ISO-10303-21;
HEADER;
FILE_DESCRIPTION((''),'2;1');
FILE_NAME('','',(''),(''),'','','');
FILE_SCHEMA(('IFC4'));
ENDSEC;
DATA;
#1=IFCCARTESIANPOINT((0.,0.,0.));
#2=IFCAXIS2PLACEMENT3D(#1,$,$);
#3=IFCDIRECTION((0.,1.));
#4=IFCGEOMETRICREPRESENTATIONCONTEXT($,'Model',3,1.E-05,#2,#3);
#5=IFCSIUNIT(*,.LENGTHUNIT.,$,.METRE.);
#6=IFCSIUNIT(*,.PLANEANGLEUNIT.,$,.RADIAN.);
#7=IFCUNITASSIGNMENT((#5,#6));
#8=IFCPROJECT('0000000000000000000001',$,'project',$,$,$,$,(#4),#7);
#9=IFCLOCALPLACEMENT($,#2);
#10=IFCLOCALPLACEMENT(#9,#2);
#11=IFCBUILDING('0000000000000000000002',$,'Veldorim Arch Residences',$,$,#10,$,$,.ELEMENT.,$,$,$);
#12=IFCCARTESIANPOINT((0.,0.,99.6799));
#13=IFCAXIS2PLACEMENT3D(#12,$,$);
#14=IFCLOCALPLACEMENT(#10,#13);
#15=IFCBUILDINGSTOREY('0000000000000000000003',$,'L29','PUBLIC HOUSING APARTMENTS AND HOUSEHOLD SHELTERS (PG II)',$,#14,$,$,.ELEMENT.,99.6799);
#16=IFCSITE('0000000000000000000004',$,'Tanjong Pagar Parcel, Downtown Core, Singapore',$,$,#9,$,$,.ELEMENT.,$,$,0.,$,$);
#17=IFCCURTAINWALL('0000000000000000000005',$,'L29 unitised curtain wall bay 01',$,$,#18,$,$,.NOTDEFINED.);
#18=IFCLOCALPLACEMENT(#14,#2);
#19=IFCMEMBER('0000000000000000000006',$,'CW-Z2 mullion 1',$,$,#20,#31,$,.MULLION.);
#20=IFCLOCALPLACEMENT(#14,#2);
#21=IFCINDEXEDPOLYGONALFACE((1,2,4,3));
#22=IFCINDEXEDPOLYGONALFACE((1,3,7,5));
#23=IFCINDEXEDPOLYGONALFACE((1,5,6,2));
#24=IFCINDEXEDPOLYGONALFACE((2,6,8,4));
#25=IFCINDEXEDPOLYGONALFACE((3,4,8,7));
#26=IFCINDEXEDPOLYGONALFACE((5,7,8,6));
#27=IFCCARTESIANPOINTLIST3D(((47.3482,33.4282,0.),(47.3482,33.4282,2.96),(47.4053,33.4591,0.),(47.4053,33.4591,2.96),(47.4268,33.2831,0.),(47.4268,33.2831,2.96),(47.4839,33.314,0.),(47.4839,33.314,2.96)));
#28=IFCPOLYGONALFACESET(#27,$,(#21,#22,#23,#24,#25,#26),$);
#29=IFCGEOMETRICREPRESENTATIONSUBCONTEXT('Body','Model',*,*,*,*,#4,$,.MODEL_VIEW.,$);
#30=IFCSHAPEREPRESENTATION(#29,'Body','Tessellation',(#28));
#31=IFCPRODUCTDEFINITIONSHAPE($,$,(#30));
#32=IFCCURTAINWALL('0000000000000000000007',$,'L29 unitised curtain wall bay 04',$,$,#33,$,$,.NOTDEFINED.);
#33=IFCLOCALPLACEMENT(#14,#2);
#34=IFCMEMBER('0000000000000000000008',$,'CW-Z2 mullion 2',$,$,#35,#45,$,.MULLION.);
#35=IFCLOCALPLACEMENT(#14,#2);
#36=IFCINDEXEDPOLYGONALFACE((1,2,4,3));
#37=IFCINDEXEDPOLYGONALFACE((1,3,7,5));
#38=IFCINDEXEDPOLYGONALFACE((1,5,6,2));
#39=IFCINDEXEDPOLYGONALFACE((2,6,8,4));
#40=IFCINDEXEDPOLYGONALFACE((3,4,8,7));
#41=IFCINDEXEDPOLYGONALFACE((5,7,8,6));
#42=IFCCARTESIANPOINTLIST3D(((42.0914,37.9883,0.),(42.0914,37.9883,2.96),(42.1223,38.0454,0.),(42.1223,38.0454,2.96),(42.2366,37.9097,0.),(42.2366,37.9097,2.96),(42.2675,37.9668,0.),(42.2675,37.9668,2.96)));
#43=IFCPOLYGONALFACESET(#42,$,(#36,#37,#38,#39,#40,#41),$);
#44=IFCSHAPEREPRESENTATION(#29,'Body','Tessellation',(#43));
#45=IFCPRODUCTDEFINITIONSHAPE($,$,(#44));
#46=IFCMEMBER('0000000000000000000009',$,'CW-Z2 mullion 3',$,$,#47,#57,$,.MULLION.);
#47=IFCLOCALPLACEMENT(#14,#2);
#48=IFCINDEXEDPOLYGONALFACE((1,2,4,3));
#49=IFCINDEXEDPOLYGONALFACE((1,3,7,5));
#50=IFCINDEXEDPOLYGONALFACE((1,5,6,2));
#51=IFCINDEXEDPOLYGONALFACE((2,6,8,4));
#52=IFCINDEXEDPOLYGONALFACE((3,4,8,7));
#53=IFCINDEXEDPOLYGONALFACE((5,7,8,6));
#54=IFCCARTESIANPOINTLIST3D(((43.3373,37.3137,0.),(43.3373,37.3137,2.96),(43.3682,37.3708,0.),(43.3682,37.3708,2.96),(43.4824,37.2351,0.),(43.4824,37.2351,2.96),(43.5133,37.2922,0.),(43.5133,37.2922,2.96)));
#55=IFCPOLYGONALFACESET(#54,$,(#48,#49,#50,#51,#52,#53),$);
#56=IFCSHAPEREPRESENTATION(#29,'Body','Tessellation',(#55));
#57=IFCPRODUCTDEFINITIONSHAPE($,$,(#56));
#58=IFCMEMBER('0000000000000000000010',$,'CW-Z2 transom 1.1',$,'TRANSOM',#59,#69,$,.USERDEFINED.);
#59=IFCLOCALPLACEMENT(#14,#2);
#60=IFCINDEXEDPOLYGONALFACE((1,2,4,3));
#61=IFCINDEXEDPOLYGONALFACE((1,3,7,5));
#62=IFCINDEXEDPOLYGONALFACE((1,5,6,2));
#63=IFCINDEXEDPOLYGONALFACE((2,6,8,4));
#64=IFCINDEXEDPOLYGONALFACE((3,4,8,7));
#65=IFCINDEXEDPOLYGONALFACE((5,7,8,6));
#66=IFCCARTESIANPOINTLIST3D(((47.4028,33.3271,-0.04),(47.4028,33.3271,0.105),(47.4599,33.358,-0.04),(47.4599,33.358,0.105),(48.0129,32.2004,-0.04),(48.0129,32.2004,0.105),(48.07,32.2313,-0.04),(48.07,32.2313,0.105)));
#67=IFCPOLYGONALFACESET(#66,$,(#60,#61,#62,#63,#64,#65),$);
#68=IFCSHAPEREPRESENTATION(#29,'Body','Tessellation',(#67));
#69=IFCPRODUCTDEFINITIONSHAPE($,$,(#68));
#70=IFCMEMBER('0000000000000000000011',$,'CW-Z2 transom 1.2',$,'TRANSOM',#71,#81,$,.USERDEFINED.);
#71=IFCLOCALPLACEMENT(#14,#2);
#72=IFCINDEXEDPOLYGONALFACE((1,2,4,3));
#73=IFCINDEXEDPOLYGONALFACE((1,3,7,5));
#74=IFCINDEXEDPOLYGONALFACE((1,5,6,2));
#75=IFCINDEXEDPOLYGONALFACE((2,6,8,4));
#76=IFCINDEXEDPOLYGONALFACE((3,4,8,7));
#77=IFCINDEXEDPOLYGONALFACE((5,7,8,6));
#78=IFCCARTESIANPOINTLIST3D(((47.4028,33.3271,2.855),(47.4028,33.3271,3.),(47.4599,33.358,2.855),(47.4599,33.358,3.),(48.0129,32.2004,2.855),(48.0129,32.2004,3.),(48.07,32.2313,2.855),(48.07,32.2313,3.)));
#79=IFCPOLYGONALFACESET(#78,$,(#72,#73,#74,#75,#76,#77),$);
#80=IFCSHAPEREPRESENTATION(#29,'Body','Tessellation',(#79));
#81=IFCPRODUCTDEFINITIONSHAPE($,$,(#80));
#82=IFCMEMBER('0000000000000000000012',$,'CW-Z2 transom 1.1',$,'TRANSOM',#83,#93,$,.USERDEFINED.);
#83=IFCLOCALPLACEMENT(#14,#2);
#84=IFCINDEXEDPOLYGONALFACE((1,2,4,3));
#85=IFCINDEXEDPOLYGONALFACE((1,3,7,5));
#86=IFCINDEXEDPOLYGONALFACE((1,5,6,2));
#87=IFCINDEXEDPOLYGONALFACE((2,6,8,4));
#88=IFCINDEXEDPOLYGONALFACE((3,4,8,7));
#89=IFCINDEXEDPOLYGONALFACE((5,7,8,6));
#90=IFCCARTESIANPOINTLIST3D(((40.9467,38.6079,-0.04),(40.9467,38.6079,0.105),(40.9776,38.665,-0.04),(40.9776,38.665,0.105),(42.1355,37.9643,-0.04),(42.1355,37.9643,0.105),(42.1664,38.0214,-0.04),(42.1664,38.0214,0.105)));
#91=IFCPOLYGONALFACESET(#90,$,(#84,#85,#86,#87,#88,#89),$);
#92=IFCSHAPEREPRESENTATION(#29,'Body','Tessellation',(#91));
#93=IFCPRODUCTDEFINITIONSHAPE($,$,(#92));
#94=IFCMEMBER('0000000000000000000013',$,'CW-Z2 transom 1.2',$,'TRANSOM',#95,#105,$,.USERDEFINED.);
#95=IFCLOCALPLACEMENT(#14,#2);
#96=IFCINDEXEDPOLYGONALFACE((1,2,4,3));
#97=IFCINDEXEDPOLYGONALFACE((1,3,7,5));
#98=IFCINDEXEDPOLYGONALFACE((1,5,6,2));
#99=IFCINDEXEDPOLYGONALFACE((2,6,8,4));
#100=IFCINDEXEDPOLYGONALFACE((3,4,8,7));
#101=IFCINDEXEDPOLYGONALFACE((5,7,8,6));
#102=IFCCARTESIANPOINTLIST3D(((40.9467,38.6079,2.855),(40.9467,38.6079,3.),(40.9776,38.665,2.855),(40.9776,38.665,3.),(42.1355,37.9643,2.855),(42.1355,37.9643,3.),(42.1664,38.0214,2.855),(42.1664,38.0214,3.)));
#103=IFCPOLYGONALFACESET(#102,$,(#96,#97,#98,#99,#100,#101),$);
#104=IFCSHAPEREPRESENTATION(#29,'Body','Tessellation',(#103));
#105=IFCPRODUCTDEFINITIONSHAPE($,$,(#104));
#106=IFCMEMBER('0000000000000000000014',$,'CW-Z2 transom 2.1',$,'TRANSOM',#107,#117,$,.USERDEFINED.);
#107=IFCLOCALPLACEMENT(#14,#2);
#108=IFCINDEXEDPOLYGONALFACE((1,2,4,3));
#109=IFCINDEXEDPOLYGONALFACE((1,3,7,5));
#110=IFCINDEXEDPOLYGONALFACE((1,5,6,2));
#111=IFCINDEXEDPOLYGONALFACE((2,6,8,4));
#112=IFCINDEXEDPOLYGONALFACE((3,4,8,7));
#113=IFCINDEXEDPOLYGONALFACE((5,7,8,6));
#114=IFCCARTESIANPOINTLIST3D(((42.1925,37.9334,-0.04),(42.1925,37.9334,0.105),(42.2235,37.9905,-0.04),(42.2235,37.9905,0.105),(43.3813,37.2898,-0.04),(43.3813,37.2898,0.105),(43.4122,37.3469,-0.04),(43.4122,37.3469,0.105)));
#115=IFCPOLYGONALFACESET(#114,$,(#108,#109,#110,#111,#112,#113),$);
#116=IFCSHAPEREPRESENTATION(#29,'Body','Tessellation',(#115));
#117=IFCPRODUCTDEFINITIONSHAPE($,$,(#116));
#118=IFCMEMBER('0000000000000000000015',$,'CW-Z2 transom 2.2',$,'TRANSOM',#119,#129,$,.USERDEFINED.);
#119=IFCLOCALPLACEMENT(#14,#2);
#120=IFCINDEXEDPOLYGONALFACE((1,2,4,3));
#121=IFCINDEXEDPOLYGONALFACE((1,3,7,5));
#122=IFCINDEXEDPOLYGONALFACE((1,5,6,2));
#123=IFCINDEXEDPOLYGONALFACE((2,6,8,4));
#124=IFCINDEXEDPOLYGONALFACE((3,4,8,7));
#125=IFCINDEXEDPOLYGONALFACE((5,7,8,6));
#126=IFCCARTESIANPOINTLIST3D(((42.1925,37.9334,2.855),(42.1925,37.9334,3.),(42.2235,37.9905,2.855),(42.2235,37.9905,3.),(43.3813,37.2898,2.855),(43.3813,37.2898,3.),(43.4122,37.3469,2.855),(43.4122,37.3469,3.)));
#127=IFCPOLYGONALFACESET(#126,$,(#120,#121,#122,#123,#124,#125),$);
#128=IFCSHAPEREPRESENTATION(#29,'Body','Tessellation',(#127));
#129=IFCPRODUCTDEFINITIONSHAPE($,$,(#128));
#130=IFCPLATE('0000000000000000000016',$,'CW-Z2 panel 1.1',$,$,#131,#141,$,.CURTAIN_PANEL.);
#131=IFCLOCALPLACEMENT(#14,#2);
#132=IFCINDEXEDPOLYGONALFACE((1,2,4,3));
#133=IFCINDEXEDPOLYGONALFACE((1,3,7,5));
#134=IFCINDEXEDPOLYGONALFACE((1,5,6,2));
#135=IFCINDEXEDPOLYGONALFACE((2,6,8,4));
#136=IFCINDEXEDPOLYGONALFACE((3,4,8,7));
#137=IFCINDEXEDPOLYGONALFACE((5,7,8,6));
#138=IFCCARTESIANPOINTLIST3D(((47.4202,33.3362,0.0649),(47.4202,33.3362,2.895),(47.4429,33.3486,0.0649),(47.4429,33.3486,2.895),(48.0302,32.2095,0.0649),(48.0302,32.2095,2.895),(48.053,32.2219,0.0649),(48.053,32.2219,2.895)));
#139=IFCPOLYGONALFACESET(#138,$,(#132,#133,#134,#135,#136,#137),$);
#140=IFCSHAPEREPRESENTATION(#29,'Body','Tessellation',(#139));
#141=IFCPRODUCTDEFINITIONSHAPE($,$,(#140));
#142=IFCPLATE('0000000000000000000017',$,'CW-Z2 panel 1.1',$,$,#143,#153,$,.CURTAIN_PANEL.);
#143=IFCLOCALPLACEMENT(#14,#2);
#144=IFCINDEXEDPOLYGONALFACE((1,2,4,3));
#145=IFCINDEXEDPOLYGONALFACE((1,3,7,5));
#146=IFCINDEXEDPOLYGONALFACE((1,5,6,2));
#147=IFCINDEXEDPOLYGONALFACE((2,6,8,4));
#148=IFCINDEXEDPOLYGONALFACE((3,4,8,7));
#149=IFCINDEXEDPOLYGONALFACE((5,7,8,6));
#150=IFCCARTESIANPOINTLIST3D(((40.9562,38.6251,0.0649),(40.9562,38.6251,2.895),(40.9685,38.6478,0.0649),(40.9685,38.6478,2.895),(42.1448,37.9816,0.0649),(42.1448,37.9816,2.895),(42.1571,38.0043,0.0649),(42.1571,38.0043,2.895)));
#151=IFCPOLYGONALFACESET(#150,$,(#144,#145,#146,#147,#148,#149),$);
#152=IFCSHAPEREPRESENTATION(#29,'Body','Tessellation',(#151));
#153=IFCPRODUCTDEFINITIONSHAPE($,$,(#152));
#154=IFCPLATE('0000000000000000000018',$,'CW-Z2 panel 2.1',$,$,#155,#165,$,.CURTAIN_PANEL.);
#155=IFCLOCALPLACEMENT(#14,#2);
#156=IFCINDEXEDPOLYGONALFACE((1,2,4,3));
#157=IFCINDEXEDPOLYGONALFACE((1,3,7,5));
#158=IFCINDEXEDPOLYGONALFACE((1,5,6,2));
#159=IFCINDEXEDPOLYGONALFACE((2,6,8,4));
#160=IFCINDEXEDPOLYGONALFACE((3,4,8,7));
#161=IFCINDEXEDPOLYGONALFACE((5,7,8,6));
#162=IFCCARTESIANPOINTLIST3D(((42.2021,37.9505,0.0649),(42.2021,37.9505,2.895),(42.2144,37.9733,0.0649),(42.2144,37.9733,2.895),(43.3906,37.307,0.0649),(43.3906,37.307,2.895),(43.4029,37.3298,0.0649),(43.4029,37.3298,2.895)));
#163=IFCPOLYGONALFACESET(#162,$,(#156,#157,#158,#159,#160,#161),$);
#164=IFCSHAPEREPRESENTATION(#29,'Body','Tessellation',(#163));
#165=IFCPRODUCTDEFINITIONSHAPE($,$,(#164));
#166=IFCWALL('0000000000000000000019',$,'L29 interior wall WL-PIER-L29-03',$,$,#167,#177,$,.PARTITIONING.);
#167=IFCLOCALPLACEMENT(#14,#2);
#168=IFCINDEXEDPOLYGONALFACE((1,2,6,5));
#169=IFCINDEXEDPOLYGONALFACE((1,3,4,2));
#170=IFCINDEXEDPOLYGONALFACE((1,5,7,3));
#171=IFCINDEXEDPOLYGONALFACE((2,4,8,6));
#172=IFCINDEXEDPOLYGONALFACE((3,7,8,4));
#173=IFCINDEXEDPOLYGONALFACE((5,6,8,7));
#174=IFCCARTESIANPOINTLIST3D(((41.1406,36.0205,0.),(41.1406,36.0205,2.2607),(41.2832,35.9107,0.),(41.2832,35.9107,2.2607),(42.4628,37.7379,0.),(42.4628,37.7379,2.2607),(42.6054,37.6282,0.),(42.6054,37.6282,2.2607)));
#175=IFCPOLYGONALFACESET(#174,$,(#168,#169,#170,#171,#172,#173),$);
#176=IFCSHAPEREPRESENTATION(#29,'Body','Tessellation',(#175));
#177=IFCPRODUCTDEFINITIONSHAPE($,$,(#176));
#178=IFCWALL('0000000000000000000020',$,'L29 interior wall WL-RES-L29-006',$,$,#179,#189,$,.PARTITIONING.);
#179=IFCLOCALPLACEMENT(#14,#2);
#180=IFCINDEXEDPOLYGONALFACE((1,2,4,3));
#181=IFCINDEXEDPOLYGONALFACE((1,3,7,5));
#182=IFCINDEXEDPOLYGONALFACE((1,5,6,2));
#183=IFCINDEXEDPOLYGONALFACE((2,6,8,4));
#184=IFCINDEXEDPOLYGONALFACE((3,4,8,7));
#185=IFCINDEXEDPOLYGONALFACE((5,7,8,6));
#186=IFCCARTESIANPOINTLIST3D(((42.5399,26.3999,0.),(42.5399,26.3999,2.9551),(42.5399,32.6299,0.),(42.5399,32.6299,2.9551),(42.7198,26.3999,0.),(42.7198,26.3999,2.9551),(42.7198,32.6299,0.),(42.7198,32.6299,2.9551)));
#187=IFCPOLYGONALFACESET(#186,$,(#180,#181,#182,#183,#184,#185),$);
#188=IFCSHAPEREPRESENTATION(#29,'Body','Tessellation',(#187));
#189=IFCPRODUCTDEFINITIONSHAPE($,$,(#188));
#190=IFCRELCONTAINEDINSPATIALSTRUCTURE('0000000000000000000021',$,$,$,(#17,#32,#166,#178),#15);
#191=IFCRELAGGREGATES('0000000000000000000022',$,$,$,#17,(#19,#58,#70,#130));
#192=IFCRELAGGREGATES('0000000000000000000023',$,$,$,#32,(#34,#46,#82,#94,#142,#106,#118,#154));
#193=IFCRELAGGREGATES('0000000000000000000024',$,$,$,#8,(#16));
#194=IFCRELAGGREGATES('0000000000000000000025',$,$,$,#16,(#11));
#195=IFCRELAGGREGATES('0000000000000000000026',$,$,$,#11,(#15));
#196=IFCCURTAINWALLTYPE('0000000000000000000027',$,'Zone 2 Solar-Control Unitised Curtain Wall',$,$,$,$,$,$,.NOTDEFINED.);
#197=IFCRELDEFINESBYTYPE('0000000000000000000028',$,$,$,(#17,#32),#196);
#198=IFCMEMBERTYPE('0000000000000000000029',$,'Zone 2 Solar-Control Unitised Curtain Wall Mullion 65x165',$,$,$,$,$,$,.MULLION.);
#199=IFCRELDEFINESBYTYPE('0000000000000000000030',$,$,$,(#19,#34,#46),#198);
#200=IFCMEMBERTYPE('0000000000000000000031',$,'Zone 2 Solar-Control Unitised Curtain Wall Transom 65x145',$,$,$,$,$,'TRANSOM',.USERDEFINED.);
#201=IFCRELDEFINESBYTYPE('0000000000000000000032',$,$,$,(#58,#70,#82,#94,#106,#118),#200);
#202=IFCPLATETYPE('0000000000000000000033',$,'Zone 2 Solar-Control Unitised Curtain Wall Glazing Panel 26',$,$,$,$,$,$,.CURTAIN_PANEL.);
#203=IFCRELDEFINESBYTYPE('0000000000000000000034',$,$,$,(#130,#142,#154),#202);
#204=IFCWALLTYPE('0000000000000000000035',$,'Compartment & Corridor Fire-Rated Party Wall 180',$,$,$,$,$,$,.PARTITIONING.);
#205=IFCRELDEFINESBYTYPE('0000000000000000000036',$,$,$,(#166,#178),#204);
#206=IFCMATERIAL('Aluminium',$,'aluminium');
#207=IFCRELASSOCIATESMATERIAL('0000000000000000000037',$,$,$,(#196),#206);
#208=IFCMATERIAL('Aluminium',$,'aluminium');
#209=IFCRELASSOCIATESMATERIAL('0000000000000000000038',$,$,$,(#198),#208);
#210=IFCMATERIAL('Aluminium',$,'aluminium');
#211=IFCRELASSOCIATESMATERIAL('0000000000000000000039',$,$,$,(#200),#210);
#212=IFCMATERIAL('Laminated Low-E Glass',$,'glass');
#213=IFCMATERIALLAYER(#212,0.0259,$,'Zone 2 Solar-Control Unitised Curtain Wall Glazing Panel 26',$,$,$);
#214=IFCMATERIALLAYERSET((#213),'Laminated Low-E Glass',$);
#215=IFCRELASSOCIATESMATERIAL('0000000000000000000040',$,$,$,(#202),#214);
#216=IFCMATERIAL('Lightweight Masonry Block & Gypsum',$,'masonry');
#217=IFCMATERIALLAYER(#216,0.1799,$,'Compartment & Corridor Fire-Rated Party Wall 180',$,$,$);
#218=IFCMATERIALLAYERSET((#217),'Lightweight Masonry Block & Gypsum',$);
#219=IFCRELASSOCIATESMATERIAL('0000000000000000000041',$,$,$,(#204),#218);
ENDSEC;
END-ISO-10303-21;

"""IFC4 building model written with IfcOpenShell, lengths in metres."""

from ifc_helpers import new_model, si_unit, direction, frame, frame_2d, origin, origin_2d, place, context, subcontext, project, spatial, rectangle, extrude, material, layer, layer_set, material_profile, profile_set, type_object, element, aggregate, save


model = new_model("IFC4")

# Units and contexts
model_context = context("Model", 3, precision=1e-05, world=origin(), true_north=direction((0.0, 1.0)))
body_context = subcontext(model_context, "Body", "Model", "MODEL_VIEW")
ifc_project = project(units=[si_unit("LENGTHUNIT", "METRE"), si_unit("PLANEANGLEUNIT", "RADIAN")], contexts=[model_context])

# Site, building, storey
site_placement = place(None, origin())
site = spatial("IfcSite", under=ifc_project, at=site_placement, Name="Tanjong Pagar Parcel, Downtown Core, Singapore", CompositionType="ELEMENT", RefElevation=0.0)
building_placement = place(site_placement, origin())
building = spatial("IfcBuilding", under=site, at=building_placement, Name="Veldorim Arch Residences", CompositionType="ELEMENT")
storey_placement = place(building_placement, frame((0.0, 0.0, 99.6799)))
storey = spatial("IfcBuildingStorey", under=building, at=storey_placement, Name="L29", Description="PUBLIC HOUSING APARTMENTS AND HOUSEHOLD SHELTERS (PG II)", CompositionType="ELEMENT", Elevation=99.6799)

# Curtain wall, member
ifc_material_1 = material(Name="Aluminium", Category="aluminium")
curtain_wall_type = type_object("IfcCurtainWallType", Name="Zone 2 Solar-Control Unitised Curtain Wall", PredefinedType="NOTDEFINED", material=ifc_material_1)
curtain_wall_1_placement = place(storey_placement, origin())
curtain_wall_1 = element("IfcCurtainWall", 1, at=curtain_wall_1_placement, inside=storey, type_object=curtain_wall_type, Name="L29 unitised curtain wall bay 01", PredefinedType="NOTDEFINED")
ifc_material_2 = material(Name="Aluminium", Category="aluminium")
ifc_material_profile_1 = material_profile(ifc_material_2, rectangle(XDim=0.0649, YDim=0.165, at=origin_2d()), Name="ALU_MUL_65x165")
ifc_profile_set_1 = profile_set([ifc_material_profile_1], Name="Aluminium")
member_type_1 = type_object("IfcMemberType", Name="Zone 2 Solar-Control Unitised Curtain Wall Mullion 65x165", PredefinedType="MULLION", material=ifc_profile_set_1)
member_1_placement = place(storey_placement, frame((47.416, 33.3711, 0.0), z_axis=(0.0, 0.0, 1.0), x_axis=(0.879366, 0.476146, 0.0)))
member_1 = element("IfcMember", 2, at=member_1_placement, type_object=member_type_1, Name="CW-Z2 mullion 1", PredefinedType="MULLION", context=body_context, shape_type="SweptSolid", body=[
    extrude(rectangle(XDim=0.0649, YDim=0.165, at=origin_2d()), origin(), (0.0, 0.0, 1.0), 2.96),
])

# Curtain wall, members
curtain_wall_2_placement = place(storey_placement, origin())
curtain_wall_2 = element("IfcCurtainWall", 3, at=curtain_wall_2_placement, inside=storey, type_object=curtain_wall_type, Name="L29 unitised curtain wall bay 04", PredefinedType="NOTDEFINED")
member_2_placement = place(storey_placement, frame((42.1794, 37.9775, 0.0), z_axis=(0.0, 0.0, 1.0), x_axis=(0.476096, 0.879393, 0.0)))
member_2 = element("IfcMember", 4, at=member_2_placement, type_object=member_type_1, Name="CW-Z2 mullion 2", PredefinedType="MULLION", context=body_context, shape_type="SweptSolid", body=[
    extrude(rectangle(XDim=0.0649, YDim=0.165, at=origin_2d()), origin(), (0.0, 0.0, 1.0), 2.96),
])
member_3_placement = place(storey_placement, frame((43.4253, 37.303, 0.0), z_axis=(0.0, 0.0, 1.0), x_axis=(0.476096, 0.879393, 0.0)))
member_3 = element("IfcMember", 5, at=member_3_placement, type_object=member_type_1, Name="CW-Z2 mullion 3", PredefinedType="MULLION", context=body_context, shape_type="SweptSolid", body=[
    extrude(rectangle(XDim=0.0649, YDim=0.165, at=origin_2d()), origin(), (0.0, 0.0, 1.0), 2.96),
])

# Members
ifc_material_3 = material(Name="Aluminium", Category="aluminium")
ifc_material_profile_2 = material_profile(ifc_material_3, rectangle(XDim=0.0649, YDim=0.145, at=origin_2d()), Name="ALU_TRN_65x145")
ifc_profile_set_2 = profile_set([ifc_material_profile_2], Name="Aluminium")
member_type_2 = type_object("IfcMemberType", Name="Zone 2 Solar-Control Unitised Curtain Wall Transom 65x145", ElementType="TRANSOM", PredefinedType="USERDEFINED", material=ifc_profile_set_2)
member_4_placement = place(storey_placement, frame((47.4314, 33.3425, 0.0325), z_axis=(0.476167, -0.879355, 0.0), x_axis=(0.879355, 0.476167, 0.0)))
member_4 = element("IfcMember", 6, at=member_4_placement, type_object=member_type_2, Name="CW-Z2 transom 1.1", ObjectType="TRANSOM", PredefinedType="USERDEFINED", context=body_context, shape_type="SweptSolid", body=[
    extrude(rectangle(XDim=0.0649, YDim=0.145, at=origin_2d()), origin(), (0.0, 0.0, 1.0), 1.2812),
])
member_5_placement = place(storey_placement, frame((47.4314, 33.3425, 2.9275), z_axis=(0.476167, -0.879355, 0.0), x_axis=(0.879355, 0.476167, 0.0)))
member_5 = element("IfcMember", 7, at=member_5_placement, type_object=member_type_2, Name="CW-Z2 transom 1.2", ObjectType="TRANSOM", PredefinedType="USERDEFINED", context=body_context, shape_type="SweptSolid", body=[
    extrude(rectangle(XDim=0.0649, YDim=0.145, at=origin_2d()), origin(), (0.0, 0.0, 1.0), 1.2812),
])
member_6_placement = place(storey_placement, frame((40.9622, 38.6365, 0.0325), z_axis=(0.879396, -0.476091, 0.0), x_axis=(0.476091, 0.879396, 0.0)))
member_6 = element("IfcMember", 8, at=member_6_placement, type_object=member_type_2, Name="CW-Z2 transom 1.1", ObjectType="TRANSOM", PredefinedType="USERDEFINED", context=body_context, shape_type="SweptSolid", body=[
    extrude(rectangle(XDim=0.0649, YDim=0.145, at=origin_2d()), origin(), (0.0, 0.0, 1.0), 1.3518),
])
member_7_placement = place(storey_placement, frame((40.9622, 38.6365, 2.9275), z_axis=(0.879396, -0.476091, 0.0), x_axis=(0.476091, 0.879396, 0.0)))
member_7 = element("IfcMember", 9, at=member_7_placement, type_object=member_type_2, Name="CW-Z2 transom 1.2", ObjectType="TRANSOM", PredefinedType="USERDEFINED", context=body_context, shape_type="SweptSolid", body=[
    extrude(rectangle(XDim=0.0649, YDim=0.145, at=origin_2d()), origin(), (0.0, 0.0, 1.0), 1.3518),
])
member_8_placement = place(storey_placement, frame((42.208, 37.9619, 0.0325), z_axis=(0.879396, -0.476091, 0.0), x_axis=(0.476091, 0.879396, 0.0)))
member_8 = element("IfcMember", 10, at=member_8_placement, type_object=member_type_2, Name="CW-Z2 transom 2.1", ObjectType="TRANSOM", PredefinedType="USERDEFINED", context=body_context, shape_type="SweptSolid", body=[
    extrude(rectangle(XDim=0.0649, YDim=0.145, at=origin_2d()), origin(), (0.0, 0.0, 1.0), 1.3518),
])
member_9_placement = place(storey_placement, frame((42.208, 37.9619, 2.9275), z_axis=(0.879396, -0.476091, 0.0), x_axis=(0.476091, 0.879396, 0.0)))
member_9 = element("IfcMember", 11, at=member_9_placement, type_object=member_type_2, Name="CW-Z2 transom 2.2", ObjectType="TRANSOM", PredefinedType="USERDEFINED", context=body_context, shape_type="SweptSolid", body=[
    extrude(rectangle(XDim=0.0649, YDim=0.145, at=origin_2d()), origin(), (0.0, 0.0, 1.0), 1.3518),
])

# Plates
ifc_material_4 = material(Name="Laminated Low-E Glass", Category="glass")
ifc_layer_1 = layer(ifc_material_4, 0.0259, Name="Zone 2 Solar-Control Unitised Curtain Wall Glazing Panel 26")
ifc_layer_set_1 = layer_set([ifc_layer_1], Name="Laminated Low-E Glass")
plate_type = type_object("IfcPlateType", Name="Zone 2 Solar-Control Unitised Curtain Wall Glazing Panel 26", PredefinedType="CURTAIN_PANEL", material=ifc_layer_set_1)
plate_1_placement = place(storey_placement, frame((47.7366, 32.7791, 0.0649), z_axis=(0.0, 0.0, 1.0), x_axis=(0.476146, -0.879366, 0.0)))
plate_1 = element("IfcPlate", 12, at=plate_1_placement, type_object=plate_type, Name="CW-Z2 panel 1.1", PredefinedType="CURTAIN_PANEL", context=body_context, shape_type="SweptSolid", body=[
    extrude(rectangle(XDim=1.2812, YDim=0.0259, at=origin_2d()), origin(), (0.0, 0.0, 1.0), 2.8301),
])
aggregate(curtain_wall_1, [member_1, member_4, member_5, plate_1])
plate_2_placement = place(storey_placement, frame((41.5566, 38.3147, 0.0649), z_axis=(0.0, 0.0, 1.0), x_axis=(0.879393, -0.476096, 0.0)))
plate_2 = element("IfcPlate", 13, at=plate_2_placement, type_object=plate_type, Name="CW-Z2 panel 1.1", PredefinedType="CURTAIN_PANEL", context=body_context, shape_type="SweptSolid", body=[
    extrude(rectangle(XDim=1.3516, YDim=0.0259, at=origin_2d()), origin(), (0.0, 0.0, 1.0), 2.8301),
])
plate_3_placement = place(storey_placement, frame((42.8025, 37.6401, 0.0649), z_axis=(0.0, 0.0, 1.0), x_axis=(0.879393, -0.476096, 0.0)))
plate_3 = element("IfcPlate", 14, at=plate_3_placement, type_object=plate_type, Name="CW-Z2 panel 2.1", PredefinedType="CURTAIN_PANEL", context=body_context, shape_type="SweptSolid", body=[
    extrude(rectangle(XDim=1.3516, YDim=0.0259, at=origin_2d()), origin(), (0.0, 0.0, 1.0), 2.8301),
])
aggregate(curtain_wall_2, [member_2, member_3, member_6, member_7, plate_2, member_8, member_9, plate_3])

# Walls
ifc_material_5 = material(Name="Lightweight Masonry Block & Gypsum", Category="masonry")
ifc_layer_2 = layer(ifc_material_5, 0.1799, Name="Compartment & Corridor Fire-Rated Party Wall 180")
ifc_layer_set_2 = layer_set([ifc_layer_2], Name="Lightweight Masonry Block & Gypsum")
wall_type_1 = type_object("IfcWallType", Name="Compartment & Corridor Fire-Rated Party Wall 180", PredefinedType="PARTITIONING", material=ifc_layer_set_2)
wall_1_placement = place(storey_placement, frame((41.2119, 35.9656, 0.0), z_axis=(0.0, 0.0, 1.0), x_axis=(0.610026, 0.792381, 0.0)))
element("IfcWall", 15, at=wall_1_placement, inside=storey, type_object=wall_type_1, Name="L29 interior wall WL-PIER-L29-03", PredefinedType="PARTITIONING", context=body_context, shape_type="SweptSolid", body=[
    extrude(rectangle(XDim=2.1675, YDim=0.1799, at=frame_2d((1.0837, 0.0))), origin(), (0.0, 0.0, 1.0), 2.2607),
])
wall_2_placement = place(storey_placement, frame((42.6299, 32.6299, 0.0), z_axis=(0.0, 0.0, 1.0), x_axis=(0.0, -1.0, 0.0)))
element("IfcWall", 16, at=wall_2_placement, inside=storey, type_object=wall_type_1, Name="L29 interior wall WL-RES-L29-006", PredefinedType="PARTITIONING", context=body_context, shape_type="SweptSolid", body=[
    extrude(rectangle(XDim=6.23, YDim=0.1799, at=frame_2d((3.115, 0.0))), origin(), (0.0, 0.0, 1.0), 2.9551),
])

save(model, "model.ifc")
